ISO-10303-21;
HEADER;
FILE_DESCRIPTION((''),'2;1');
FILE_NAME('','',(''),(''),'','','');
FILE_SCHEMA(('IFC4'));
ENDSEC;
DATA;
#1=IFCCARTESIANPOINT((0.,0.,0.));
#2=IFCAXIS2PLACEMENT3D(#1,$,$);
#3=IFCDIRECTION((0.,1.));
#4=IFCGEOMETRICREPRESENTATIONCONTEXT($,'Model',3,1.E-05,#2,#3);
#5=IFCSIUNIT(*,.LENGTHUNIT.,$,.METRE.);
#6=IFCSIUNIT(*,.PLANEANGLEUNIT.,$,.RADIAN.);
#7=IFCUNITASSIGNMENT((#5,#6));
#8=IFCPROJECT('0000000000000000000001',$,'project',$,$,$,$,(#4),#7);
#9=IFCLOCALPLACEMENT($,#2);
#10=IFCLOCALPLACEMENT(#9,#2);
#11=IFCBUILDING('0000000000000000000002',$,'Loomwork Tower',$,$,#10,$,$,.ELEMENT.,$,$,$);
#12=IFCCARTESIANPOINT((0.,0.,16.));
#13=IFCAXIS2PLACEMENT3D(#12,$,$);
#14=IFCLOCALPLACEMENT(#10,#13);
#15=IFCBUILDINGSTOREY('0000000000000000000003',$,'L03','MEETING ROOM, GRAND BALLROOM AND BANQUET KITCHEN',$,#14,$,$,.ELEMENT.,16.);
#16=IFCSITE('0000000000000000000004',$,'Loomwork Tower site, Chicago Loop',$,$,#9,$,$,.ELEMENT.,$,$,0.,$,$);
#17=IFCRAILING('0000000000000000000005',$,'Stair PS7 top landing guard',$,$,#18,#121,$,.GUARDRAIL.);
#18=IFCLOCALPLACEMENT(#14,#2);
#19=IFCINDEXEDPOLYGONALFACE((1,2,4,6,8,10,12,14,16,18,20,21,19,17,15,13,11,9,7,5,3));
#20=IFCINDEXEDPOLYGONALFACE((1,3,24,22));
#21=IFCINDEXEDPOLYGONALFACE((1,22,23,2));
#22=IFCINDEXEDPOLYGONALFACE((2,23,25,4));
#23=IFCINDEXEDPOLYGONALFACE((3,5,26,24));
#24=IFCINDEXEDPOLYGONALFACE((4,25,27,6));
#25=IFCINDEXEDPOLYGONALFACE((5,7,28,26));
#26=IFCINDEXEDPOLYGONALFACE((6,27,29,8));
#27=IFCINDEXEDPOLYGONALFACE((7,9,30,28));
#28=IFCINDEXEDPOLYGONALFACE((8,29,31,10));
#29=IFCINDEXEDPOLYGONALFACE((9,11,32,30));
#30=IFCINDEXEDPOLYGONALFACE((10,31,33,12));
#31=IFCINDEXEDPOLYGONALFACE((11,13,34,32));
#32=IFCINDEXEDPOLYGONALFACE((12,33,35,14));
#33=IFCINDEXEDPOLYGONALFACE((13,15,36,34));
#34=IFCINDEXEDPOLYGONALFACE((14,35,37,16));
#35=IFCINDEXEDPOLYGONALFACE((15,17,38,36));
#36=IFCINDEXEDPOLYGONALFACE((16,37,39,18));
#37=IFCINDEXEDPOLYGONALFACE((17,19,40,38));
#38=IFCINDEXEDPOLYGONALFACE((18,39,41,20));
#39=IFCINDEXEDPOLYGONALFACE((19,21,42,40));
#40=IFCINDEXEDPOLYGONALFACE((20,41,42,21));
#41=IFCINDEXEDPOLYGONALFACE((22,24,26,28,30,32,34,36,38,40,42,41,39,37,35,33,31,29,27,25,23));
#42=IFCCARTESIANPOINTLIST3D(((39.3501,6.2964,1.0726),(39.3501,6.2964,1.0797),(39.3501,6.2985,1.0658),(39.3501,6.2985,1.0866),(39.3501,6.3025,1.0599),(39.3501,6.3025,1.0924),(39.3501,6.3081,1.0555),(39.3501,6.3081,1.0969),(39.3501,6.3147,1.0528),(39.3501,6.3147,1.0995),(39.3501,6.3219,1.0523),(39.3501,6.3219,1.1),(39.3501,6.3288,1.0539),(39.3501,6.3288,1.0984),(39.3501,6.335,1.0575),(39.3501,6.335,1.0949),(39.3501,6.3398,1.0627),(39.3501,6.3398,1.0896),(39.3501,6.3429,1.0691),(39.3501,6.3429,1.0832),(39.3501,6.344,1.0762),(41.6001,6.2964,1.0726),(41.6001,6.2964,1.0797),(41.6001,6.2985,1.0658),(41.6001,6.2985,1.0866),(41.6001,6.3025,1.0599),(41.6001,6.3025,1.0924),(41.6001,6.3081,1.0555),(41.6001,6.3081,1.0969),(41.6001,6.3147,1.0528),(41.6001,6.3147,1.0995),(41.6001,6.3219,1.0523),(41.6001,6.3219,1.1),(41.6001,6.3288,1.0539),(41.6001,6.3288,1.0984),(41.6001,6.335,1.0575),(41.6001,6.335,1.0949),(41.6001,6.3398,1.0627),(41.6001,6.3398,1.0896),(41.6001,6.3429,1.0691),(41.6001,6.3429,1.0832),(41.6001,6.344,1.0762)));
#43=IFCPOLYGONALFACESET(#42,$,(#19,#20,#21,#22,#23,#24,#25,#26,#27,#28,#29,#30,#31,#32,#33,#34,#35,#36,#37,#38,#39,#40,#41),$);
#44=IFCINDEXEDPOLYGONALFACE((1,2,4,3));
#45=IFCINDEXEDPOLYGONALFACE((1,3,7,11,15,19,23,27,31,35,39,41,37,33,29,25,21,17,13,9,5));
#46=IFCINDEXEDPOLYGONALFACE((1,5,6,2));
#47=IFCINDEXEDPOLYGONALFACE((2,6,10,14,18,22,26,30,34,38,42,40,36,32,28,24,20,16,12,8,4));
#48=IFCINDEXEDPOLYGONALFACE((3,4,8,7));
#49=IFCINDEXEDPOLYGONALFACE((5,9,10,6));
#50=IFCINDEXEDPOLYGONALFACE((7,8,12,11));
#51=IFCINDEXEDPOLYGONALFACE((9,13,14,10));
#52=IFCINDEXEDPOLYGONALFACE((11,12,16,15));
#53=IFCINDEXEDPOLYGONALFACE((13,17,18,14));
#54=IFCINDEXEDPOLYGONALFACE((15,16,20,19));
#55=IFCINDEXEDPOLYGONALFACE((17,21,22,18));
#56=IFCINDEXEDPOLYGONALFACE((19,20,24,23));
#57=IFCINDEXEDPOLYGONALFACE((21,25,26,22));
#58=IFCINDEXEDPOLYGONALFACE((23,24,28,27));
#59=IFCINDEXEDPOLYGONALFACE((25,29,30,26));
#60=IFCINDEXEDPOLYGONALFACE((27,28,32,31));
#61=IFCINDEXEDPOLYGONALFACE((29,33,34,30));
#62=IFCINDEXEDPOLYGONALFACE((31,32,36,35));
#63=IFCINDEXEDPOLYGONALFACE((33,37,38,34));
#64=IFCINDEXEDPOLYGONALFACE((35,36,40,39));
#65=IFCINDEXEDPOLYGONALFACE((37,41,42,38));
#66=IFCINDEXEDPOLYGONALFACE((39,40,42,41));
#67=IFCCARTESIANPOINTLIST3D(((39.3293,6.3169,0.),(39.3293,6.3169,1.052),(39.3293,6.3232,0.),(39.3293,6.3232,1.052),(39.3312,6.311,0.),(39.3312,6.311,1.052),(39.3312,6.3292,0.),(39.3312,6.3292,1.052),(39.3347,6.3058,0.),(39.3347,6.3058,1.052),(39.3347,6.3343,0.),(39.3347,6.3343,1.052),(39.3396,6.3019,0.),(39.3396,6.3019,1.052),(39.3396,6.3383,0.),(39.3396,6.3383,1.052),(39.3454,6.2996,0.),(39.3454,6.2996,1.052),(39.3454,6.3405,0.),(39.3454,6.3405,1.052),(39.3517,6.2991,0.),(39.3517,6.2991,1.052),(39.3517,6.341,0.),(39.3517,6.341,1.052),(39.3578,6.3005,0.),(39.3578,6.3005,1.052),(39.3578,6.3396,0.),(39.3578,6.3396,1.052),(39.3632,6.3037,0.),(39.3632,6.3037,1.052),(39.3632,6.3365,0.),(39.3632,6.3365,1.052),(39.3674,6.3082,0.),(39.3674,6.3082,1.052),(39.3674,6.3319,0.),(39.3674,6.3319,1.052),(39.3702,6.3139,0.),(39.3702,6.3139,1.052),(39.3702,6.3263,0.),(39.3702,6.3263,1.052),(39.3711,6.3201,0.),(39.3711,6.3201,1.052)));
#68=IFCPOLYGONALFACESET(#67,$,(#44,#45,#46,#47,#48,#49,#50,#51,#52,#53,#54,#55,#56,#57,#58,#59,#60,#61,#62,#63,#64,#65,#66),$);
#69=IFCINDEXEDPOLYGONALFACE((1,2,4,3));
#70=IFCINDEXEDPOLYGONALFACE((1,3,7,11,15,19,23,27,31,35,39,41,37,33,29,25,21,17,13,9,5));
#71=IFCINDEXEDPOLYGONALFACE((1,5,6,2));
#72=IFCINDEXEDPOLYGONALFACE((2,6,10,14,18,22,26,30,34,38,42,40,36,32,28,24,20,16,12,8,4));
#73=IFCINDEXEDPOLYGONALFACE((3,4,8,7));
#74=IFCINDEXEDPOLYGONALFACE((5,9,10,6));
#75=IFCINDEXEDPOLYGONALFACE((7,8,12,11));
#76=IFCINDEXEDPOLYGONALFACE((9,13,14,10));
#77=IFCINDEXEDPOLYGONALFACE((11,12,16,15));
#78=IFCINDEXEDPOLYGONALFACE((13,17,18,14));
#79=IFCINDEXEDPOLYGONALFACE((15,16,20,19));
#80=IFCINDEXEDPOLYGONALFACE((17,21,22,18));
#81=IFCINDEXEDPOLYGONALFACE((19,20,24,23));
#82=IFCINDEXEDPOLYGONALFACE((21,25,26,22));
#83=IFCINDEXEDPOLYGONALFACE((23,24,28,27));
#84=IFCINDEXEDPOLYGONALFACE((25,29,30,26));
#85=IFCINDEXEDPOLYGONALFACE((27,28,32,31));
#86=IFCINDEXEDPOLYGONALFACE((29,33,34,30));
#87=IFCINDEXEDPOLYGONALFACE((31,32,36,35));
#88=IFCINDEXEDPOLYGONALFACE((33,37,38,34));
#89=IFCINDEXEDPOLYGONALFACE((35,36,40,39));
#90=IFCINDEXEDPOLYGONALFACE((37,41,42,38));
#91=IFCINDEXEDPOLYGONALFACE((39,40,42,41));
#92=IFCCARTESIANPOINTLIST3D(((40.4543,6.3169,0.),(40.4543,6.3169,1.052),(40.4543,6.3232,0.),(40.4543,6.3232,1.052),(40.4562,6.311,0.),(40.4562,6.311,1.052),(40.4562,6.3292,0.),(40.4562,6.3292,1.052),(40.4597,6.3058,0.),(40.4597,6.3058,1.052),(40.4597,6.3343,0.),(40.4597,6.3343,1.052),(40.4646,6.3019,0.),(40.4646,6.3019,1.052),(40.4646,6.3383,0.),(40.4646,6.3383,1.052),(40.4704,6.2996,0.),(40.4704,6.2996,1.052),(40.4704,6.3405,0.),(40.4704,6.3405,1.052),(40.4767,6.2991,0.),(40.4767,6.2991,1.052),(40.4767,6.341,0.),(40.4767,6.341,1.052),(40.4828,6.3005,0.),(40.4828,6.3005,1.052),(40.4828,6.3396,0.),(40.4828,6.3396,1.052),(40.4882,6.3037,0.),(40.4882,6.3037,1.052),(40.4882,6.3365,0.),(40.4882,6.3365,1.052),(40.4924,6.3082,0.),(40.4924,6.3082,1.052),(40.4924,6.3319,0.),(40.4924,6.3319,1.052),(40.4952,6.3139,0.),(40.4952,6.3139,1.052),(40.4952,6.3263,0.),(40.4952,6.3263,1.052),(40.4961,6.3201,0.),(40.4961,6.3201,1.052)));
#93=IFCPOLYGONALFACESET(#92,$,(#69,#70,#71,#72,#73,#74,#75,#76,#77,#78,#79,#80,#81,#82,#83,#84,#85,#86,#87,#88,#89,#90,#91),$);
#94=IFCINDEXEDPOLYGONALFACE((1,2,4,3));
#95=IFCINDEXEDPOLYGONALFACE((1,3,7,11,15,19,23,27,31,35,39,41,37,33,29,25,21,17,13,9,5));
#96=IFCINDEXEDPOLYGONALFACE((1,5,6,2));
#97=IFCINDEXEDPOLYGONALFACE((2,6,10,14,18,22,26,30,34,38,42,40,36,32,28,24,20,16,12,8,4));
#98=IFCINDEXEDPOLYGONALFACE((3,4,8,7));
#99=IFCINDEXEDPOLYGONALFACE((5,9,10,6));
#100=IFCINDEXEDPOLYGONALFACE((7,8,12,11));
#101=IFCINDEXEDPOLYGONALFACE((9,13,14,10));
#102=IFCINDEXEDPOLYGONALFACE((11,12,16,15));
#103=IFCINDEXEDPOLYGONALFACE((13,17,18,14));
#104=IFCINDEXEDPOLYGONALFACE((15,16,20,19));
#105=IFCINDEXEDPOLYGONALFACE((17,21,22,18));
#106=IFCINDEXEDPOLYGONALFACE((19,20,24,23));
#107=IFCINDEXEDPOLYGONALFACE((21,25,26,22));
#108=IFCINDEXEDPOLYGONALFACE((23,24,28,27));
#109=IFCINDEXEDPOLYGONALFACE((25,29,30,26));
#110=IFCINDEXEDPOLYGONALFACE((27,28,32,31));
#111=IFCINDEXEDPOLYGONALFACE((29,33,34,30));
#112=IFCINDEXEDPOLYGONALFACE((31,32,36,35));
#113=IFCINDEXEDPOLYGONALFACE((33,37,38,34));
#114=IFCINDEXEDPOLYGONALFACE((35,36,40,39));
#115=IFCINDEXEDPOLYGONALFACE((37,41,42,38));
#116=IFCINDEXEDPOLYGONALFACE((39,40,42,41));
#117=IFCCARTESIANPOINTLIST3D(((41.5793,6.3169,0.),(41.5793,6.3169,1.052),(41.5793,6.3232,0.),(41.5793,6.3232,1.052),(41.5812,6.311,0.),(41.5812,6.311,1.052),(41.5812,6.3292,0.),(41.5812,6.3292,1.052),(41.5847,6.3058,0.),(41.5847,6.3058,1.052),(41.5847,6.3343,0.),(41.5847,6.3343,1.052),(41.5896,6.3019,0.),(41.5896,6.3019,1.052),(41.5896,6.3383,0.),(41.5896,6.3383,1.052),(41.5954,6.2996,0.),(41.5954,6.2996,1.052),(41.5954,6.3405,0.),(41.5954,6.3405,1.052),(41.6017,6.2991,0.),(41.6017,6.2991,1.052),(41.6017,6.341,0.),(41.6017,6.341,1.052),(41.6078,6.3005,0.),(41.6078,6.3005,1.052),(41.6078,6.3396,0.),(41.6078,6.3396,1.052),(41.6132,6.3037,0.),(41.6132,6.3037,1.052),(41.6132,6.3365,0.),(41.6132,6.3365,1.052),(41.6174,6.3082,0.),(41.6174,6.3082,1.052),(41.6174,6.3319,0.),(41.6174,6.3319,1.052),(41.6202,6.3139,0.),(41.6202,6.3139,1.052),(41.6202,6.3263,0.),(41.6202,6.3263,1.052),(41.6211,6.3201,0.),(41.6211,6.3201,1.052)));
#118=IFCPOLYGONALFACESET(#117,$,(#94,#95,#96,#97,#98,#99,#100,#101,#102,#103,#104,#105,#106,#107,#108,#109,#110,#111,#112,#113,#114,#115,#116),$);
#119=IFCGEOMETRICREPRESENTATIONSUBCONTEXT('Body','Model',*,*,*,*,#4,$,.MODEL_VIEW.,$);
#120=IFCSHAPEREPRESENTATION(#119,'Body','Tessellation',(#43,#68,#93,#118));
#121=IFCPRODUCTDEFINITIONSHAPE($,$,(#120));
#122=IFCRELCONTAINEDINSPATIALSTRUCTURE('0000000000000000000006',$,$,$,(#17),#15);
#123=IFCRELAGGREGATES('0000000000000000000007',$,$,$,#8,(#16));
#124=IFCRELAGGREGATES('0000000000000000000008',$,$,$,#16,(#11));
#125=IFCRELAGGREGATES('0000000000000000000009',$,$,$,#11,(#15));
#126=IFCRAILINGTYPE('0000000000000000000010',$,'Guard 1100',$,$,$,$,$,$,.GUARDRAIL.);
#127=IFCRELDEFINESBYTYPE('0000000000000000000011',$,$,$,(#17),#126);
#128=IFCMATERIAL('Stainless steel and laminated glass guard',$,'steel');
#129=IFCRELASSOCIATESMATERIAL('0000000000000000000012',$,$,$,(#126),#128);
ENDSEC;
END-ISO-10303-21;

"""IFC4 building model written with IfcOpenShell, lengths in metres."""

from ifc_helpers import new_model, si_unit, direction, frame, origin, origin_2d, place, context, subcontext, project, spatial, circle, extrude, material, type_object, element, save


model = new_model("IFC4")

# Units and contexts
model_context = context("Model", 3, precision=1e-05, world=origin(), true_north=direction((0.0, 1.0)))
body_context = subcontext(model_context, "Body", "Model", "MODEL_VIEW")
ifc_project = project(units=[si_unit("LENGTHUNIT", "METRE"), si_unit("PLANEANGLEUNIT", "RADIAN")], contexts=[model_context])

# Site, building, storey
site_placement = place(None, origin())
site = spatial("IfcSite", under=ifc_project, at=site_placement, Name="Loomwork Tower site, Chicago Loop", CompositionType="ELEMENT", RefElevation=0.0)
building_placement = place(site_placement, origin())
building = spatial("IfcBuilding", under=site, at=building_placement, Name="Loomwork Tower", CompositionType="ELEMENT")
storey_placement = place(building_placement, frame((0.0, 0.0, 16.0)))
storey = spatial("IfcBuildingStorey", under=building, at=storey_placement, Name="L03", Description="MEETING ROOM, GRAND BALLROOM AND BANQUET KITCHEN", CompositionType="ELEMENT", Elevation=16.0)

# Railing
ifc_material_1 = material(Name="Stainless steel and laminated glass guard", Category="steel")
railing_type = type_object("IfcRailingType", Name="Guard 1100", PredefinedType="GUARDRAIL", material=ifc_material_1)
railing_1_placement = place(storey_placement, frame((39.3501, 6.3201, 0.0)))
element("IfcRailing", 1, at=railing_1_placement, inside=storey, type_object=railing_type, Name="Stair PS7 top landing guard", PredefinedType="GUARDRAIL", context=body_context, shape_type="SweptSolid", body=[
    extrude(circle(Radius=0.0239, at=origin_2d()), frame((0.0, 0.0, 1.0762), z_axis=(1.0, 0.0, 0.0), x_axis=(0.0, 1.0, 0.0)), (0.0, 0.0, 1.0), 2.25),
    extrude(circle(Radius=0.021, at=origin_2d()), origin(), (0.0, 0.0, 1.0), 1.052),
    extrude(circle(Radius=0.021, at=origin_2d()), frame((1.125, 0.0, 0.0)), (0.0, 0.0, 1.0), 1.052),
    extrude(circle(Radius=0.021, at=origin_2d()), frame((2.25, 0.0, 0.0)), (0.0, 0.0, 1.0), 1.052),
])

save(model, "model.ifc")
